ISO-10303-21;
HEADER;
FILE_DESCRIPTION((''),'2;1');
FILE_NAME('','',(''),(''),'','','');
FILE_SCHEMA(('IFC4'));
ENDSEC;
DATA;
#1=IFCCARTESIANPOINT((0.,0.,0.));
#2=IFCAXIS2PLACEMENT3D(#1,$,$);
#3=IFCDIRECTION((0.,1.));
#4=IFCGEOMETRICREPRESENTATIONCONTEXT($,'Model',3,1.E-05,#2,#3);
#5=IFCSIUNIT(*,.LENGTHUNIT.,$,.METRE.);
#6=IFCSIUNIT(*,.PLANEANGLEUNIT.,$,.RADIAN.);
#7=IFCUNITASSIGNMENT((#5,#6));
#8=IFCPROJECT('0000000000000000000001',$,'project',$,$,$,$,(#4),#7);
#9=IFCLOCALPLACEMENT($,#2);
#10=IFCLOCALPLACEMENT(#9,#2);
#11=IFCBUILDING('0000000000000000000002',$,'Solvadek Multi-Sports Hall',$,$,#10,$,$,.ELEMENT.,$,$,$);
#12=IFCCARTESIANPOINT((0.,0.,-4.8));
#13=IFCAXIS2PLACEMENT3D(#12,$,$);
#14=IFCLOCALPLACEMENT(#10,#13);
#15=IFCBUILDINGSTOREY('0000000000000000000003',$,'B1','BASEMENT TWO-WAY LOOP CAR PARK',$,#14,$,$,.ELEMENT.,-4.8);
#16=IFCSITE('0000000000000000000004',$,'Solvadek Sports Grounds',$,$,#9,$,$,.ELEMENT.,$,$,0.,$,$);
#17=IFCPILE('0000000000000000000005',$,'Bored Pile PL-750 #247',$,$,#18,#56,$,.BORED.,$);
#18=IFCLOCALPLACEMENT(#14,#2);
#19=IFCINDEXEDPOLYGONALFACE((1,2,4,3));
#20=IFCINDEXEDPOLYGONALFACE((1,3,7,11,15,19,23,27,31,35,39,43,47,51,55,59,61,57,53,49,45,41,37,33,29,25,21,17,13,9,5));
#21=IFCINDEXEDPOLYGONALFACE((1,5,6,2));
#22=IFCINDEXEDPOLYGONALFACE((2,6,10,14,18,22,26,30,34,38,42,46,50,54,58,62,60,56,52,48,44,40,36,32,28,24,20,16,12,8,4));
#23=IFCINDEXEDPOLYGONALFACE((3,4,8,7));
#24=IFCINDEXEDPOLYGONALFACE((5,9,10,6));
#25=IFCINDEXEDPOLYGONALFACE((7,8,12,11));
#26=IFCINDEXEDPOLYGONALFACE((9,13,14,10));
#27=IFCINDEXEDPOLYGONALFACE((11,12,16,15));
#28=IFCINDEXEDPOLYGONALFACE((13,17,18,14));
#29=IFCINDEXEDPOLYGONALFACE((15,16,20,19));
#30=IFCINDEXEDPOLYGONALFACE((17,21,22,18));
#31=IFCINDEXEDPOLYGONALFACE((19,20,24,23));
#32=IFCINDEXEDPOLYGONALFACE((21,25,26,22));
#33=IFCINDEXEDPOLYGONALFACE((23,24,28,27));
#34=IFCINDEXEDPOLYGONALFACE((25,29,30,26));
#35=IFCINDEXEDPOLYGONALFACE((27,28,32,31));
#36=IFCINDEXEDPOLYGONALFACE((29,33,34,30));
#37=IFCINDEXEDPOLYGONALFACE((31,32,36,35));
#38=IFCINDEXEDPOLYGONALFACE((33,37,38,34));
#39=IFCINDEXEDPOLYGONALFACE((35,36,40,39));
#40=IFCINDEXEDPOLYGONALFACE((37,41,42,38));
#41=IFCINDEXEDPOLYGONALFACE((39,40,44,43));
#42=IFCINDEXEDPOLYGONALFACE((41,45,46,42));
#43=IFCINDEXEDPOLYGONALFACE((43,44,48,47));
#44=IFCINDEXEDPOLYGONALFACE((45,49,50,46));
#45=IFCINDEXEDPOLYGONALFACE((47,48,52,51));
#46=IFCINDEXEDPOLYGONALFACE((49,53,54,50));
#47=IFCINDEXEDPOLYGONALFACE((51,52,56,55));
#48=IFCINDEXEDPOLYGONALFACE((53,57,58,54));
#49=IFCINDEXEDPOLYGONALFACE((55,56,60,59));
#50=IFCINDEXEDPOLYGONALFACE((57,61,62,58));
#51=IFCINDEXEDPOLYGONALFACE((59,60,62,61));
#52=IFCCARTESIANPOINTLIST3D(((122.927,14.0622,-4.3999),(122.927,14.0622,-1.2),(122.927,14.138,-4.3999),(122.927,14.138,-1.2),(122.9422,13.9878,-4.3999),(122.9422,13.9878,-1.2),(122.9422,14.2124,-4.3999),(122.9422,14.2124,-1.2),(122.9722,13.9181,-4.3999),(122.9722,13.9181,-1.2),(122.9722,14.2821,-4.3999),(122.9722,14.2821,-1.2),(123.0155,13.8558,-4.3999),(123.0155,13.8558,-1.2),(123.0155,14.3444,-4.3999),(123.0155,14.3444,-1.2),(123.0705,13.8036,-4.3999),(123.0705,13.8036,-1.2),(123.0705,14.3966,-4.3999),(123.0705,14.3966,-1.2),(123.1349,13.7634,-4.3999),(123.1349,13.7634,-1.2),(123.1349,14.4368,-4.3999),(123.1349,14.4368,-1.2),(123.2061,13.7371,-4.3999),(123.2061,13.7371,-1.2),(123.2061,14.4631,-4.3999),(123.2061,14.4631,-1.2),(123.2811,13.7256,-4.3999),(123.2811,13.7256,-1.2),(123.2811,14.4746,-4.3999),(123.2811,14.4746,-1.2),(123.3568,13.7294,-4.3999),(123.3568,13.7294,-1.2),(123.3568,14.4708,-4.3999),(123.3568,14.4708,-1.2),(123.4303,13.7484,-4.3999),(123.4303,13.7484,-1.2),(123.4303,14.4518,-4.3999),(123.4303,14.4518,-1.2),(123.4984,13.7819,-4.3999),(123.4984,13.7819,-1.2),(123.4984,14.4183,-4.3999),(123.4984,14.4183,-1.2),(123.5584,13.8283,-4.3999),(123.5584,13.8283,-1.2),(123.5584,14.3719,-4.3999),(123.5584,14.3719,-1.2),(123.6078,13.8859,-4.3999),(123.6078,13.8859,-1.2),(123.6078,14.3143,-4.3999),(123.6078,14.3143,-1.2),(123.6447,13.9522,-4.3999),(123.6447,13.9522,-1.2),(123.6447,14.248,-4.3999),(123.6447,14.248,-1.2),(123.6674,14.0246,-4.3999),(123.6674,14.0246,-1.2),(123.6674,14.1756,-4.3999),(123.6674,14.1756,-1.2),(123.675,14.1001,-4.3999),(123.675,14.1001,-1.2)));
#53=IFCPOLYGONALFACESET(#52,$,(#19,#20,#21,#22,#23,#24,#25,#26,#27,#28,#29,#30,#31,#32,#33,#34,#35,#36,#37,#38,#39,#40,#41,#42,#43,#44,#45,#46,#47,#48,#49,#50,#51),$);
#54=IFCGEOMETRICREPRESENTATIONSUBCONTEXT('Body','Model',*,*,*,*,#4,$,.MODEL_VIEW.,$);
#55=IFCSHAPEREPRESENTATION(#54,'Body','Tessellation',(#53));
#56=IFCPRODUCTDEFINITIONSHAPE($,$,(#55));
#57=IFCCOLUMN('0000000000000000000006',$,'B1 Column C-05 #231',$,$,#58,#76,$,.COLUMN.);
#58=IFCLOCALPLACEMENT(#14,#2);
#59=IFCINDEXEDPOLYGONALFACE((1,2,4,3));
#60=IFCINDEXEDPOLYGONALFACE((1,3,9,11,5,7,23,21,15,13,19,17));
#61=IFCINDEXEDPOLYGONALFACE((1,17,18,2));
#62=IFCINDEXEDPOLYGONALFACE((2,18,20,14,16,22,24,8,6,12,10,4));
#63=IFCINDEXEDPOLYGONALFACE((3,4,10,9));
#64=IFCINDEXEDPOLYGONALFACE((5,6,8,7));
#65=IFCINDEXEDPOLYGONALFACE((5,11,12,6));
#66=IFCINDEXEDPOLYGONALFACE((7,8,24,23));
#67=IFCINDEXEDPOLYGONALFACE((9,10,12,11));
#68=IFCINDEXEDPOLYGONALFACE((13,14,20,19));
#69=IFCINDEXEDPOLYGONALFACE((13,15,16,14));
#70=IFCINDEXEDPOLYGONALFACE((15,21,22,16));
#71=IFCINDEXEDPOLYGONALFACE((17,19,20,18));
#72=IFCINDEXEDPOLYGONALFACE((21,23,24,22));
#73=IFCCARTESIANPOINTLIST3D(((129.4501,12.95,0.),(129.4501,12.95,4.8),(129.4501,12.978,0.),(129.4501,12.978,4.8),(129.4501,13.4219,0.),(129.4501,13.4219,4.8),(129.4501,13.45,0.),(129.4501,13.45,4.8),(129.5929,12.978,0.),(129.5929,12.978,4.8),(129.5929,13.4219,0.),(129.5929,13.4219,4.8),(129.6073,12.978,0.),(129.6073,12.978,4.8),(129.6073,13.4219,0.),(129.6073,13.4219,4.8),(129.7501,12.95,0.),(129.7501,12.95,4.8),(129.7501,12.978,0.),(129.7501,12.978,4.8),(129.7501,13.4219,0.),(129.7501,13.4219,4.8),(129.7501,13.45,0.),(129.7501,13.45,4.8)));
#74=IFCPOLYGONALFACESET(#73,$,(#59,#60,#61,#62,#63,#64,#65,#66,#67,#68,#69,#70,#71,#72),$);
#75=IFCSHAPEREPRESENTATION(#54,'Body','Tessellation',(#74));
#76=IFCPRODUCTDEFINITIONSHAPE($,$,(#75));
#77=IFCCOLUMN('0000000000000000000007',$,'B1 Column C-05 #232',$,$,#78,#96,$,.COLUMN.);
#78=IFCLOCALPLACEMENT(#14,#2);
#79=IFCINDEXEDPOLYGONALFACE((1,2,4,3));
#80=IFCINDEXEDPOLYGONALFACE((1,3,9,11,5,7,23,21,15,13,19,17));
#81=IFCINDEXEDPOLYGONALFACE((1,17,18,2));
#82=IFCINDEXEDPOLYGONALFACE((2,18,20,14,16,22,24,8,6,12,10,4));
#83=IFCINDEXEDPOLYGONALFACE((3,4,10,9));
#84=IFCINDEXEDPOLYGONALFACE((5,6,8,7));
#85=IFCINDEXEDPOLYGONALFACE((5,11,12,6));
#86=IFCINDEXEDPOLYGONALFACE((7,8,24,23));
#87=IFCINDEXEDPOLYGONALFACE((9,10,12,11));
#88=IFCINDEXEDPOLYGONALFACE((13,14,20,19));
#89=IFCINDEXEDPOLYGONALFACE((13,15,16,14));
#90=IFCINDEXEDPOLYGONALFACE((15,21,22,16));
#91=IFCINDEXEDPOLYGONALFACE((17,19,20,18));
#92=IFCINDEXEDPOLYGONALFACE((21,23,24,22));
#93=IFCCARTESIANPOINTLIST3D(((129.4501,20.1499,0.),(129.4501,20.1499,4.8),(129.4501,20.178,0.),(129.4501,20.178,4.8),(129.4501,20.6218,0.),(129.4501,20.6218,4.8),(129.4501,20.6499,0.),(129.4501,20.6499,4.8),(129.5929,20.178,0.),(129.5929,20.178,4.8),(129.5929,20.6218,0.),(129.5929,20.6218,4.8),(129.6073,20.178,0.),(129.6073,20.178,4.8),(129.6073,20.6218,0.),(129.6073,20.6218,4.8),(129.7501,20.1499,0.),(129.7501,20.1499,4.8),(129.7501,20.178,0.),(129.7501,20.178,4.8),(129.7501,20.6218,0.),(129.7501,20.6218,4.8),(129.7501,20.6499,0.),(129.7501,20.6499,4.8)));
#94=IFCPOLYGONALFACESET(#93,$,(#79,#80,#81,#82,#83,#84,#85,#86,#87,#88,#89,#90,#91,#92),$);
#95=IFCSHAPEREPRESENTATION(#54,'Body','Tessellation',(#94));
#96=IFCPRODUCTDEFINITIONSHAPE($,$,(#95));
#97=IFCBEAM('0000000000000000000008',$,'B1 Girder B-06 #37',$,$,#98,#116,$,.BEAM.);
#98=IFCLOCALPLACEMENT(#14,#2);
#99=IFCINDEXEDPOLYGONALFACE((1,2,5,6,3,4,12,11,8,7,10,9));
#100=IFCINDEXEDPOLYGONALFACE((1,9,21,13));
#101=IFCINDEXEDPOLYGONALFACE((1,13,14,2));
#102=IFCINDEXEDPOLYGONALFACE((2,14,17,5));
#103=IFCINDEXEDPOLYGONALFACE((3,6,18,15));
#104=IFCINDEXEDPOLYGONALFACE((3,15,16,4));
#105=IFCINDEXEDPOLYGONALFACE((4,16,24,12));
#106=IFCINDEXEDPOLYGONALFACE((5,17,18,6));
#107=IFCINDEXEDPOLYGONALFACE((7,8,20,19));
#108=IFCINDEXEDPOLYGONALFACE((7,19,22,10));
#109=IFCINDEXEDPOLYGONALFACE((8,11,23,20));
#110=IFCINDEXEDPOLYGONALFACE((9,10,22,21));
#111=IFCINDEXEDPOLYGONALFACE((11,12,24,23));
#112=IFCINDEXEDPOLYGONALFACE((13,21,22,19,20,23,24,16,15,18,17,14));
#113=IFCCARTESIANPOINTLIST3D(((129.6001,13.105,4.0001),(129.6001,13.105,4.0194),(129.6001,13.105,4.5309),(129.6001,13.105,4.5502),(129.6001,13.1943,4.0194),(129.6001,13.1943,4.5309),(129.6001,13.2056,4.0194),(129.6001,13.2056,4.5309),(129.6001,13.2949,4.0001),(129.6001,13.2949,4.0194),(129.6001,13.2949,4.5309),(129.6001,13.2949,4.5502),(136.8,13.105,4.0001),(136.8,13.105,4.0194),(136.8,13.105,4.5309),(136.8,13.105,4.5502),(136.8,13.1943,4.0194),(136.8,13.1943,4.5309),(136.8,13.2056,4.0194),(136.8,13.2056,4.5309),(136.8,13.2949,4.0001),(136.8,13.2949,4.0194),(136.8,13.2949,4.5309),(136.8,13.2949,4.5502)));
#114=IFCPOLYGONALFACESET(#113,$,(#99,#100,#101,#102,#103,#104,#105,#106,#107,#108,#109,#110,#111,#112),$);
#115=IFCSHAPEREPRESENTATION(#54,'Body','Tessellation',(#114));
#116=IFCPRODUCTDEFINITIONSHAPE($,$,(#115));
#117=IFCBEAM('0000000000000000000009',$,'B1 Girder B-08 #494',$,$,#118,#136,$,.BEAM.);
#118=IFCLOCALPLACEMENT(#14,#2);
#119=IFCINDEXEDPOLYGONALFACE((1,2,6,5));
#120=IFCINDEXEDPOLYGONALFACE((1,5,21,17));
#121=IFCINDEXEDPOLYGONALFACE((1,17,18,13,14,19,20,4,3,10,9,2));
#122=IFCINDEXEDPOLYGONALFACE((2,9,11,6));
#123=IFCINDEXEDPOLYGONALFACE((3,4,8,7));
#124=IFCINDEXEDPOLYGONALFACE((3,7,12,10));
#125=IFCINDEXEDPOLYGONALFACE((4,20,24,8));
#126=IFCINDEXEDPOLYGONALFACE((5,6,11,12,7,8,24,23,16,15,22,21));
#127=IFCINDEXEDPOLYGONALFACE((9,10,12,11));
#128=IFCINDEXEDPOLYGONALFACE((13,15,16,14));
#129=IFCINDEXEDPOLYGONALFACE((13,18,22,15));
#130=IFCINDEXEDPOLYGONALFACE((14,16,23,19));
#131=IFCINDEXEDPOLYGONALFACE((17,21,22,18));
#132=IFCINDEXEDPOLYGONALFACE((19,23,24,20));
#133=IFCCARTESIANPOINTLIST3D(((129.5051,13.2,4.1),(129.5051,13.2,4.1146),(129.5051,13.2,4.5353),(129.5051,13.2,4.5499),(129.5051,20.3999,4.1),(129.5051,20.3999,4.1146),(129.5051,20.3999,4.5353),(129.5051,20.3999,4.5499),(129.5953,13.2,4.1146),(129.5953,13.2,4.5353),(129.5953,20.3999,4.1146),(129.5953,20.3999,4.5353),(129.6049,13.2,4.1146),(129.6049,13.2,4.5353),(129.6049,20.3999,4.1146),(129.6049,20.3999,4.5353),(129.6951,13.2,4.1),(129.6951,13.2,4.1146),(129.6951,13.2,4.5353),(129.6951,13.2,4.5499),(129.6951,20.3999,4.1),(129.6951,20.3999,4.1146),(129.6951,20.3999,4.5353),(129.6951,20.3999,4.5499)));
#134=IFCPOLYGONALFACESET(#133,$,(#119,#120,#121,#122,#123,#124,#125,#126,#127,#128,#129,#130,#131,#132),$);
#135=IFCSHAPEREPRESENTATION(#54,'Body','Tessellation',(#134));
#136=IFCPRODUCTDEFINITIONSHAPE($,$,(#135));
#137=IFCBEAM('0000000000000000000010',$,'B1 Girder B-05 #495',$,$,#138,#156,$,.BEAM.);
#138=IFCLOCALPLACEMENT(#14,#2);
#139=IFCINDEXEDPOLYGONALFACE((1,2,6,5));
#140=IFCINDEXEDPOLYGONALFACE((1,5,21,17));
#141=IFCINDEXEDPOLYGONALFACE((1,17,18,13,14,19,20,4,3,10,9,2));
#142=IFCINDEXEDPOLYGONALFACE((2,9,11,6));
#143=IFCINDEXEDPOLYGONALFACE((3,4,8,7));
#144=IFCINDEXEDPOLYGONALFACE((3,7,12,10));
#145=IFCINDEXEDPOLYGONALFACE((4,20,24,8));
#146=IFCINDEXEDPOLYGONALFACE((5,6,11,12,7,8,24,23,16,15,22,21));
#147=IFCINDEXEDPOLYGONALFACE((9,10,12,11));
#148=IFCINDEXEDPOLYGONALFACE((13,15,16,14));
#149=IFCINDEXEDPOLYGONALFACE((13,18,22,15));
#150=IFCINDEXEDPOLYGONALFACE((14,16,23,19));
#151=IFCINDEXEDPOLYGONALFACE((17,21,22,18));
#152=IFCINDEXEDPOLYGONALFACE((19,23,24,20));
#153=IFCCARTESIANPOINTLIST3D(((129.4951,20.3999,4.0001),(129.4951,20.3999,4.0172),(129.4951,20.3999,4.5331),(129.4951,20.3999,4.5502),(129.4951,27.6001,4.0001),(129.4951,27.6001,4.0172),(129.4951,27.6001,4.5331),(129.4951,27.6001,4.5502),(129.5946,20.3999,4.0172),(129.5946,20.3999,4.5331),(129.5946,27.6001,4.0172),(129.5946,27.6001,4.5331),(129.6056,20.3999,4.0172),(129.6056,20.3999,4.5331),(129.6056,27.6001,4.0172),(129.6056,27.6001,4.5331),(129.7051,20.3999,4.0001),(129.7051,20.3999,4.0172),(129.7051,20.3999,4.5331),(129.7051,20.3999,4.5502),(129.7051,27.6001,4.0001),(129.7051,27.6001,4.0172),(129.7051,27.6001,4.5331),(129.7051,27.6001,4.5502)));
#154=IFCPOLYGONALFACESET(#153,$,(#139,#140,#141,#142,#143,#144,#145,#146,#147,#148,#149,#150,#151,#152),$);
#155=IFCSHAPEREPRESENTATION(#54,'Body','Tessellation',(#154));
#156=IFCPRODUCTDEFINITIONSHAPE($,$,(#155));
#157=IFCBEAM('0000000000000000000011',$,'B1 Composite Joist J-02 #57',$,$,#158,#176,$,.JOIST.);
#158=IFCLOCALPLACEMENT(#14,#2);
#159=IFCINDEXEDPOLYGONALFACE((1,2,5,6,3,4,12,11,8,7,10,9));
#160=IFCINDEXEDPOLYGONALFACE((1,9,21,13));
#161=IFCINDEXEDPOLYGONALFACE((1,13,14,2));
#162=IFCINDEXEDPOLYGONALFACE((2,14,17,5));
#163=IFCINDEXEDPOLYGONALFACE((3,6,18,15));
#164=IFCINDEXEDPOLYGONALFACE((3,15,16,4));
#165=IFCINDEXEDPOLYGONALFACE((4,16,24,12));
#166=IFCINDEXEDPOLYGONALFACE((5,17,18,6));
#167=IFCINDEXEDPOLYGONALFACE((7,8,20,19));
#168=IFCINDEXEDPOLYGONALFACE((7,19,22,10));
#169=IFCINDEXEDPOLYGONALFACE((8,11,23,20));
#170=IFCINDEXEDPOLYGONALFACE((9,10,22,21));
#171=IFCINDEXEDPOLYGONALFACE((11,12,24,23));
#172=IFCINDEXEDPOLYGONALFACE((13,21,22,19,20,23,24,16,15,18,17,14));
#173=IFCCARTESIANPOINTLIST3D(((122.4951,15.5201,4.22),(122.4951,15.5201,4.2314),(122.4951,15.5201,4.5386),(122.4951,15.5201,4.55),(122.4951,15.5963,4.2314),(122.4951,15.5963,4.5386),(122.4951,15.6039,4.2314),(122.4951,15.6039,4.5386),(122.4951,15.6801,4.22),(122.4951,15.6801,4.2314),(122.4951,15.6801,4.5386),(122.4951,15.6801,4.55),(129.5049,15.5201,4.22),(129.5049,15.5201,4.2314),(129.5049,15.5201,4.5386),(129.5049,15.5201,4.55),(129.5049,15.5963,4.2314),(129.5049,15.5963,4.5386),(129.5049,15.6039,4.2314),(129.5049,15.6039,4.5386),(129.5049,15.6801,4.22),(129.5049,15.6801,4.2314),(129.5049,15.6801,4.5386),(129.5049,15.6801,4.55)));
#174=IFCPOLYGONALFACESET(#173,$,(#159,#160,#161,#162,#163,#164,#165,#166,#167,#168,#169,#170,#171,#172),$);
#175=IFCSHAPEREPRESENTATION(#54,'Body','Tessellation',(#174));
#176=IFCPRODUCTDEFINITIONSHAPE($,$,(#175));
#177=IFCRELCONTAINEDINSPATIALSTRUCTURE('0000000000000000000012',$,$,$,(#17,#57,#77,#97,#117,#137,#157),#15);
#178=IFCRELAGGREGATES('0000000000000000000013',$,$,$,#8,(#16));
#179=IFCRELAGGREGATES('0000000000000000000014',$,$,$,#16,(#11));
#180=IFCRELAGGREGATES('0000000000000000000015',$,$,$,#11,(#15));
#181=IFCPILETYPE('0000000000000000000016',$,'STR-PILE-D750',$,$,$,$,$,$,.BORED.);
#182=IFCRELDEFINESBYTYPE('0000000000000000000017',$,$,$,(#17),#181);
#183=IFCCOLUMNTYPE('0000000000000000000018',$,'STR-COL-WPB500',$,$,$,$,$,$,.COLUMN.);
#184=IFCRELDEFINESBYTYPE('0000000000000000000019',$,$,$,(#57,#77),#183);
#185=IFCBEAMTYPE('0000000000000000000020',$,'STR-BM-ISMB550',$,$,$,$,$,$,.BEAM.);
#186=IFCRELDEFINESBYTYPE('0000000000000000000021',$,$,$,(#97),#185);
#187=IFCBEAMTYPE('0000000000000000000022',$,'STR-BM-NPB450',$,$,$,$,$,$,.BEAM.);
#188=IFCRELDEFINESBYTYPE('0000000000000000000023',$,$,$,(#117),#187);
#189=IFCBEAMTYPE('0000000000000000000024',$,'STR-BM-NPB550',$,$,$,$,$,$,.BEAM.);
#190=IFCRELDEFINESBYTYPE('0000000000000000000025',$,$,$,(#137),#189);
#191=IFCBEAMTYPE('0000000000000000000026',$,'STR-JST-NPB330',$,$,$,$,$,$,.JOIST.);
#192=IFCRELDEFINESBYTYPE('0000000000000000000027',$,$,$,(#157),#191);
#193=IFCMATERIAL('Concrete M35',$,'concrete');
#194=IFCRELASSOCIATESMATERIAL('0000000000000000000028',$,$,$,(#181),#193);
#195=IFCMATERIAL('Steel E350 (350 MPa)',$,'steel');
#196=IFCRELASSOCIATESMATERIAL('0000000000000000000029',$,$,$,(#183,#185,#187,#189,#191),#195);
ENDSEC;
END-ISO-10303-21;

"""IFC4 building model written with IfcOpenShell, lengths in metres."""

from ifc_helpers import new_model, si_unit, direction, frame, origin, origin_2d, place, context, subcontext, project, spatial, circle, i_section, extrude, material, material_profile, profile_set, type_object, element, save


model = new_model("IFC4")

# Units and contexts
model_context = context("Model", 3, precision=1e-05, world=origin(), true_north=direction((0.0, 1.0)))
body_context = subcontext(model_context, "Body", "Model", "MODEL_VIEW")
ifc_project = project(units=[si_unit("LENGTHUNIT", "METRE"), si_unit("PLANEANGLEUNIT", "RADIAN")], contexts=[model_context])

# Site, building, storey
site_placement = place(None, origin())
site = spatial("IfcSite", under=ifc_project, at=site_placement, Name="Solvadek Sports Grounds", CompositionType="ELEMENT", RefElevation=0.0)
building_placement = place(site_placement, origin())
building = spatial("IfcBuilding", under=site, at=building_placement, Name="Solvadek Multi-Sports Hall", CompositionType="ELEMENT")
storey_placement = place(building_placement, frame((0.0, 0.0, -4.8)))
storey = spatial("IfcBuildingStorey", under=building, at=storey_placement, Name="B1", Description="BASEMENT TWO-WAY LOOP CAR PARK", CompositionType="ELEMENT", Elevation=-4.8)

# Pile
ifc_material_1 = material(Name="Concrete M35", Category="concrete")
ifc_material_profile_1 = material_profile(ifc_material_1, circle(Radius=0.375, at=origin_2d()), Name="BORED PILE D750")
ifc_profile_set_1 = profile_set([ifc_material_profile_1], Name="Concrete M35")
pile_type_1 = type_object("IfcPileType", Name="STR-PILE-D750", PredefinedType="BORED", material=ifc_profile_set_1)
pile_1_placement = place(storey_placement, frame((123.3, 14.1001, -1.2), z_axis=(0.0, 0.0, -1.0), x_axis=(1.0, 0.0, 0.0)))
element("IfcPile", 1, at=pile_1_placement, inside=storey, type_object=pile_type_1, Name="Bored Pile PL-750 #247", PredefinedType="BORED", context=body_context, shape_type="SweptSolid", body=[
    extrude(circle(Radius=0.375, at=origin_2d()), origin(), (0.0, 0.0, 1.0), 3.2),
])

# Columns
ifc_material_2 = material(Name="Steel E350 (350 MPa)", Category="steel")
ifc_material_profile_2 = material_profile(ifc_material_2, i_section(OverallWidth=0.3, OverallDepth=0.5, WebThickness=0.0144, FlangeThickness=0.0281, at=origin_2d()), Name="WPB 500")
ifc_profile_set_2 = profile_set([ifc_material_profile_2], Name="Steel E350 (350 MPa)")
column_type = type_object("IfcColumnType", Name="STR-COL-WPB500", PredefinedType="COLUMN", material=ifc_profile_set_2)
for number, where, z_axis, x_axis, name in (
    (2, (129.6001, 13.2, 0.0), (0.0, 0.0, 1.0), (1.0, 0.0, 0.0), "B1 Column C-05 #231"),
    (3, (129.6001, 20.3999, 0.0), (0.0, 0.0, 1.0), (1.0, 0.0, 0.0), "B1 Column C-05 #232"),
):
    element("IfcColumn", number, at=place(storey_placement, frame(where, z_axis=z_axis, x_axis=x_axis)), inside=storey, type_object=column_type, Name=name, PredefinedType="COLUMN", context=body_context, shape_type="SweptSolid", body=[
        extrude(i_section(OverallWidth=0.3, OverallDepth=0.5, WebThickness=0.0144, FlangeThickness=0.0281, at=origin_2d()), origin(), (0.0, 0.0, 1.0), 4.8),
    ])

# Beams
ifc_material_profile_3 = material_profile(ifc_material_2, i_section(OverallWidth=0.1899, OverallDepth=0.55, WebThickness=0.0112, FlangeThickness=0.0193, at=origin_2d()), Name="ISMB 550")
ifc_profile_set_3 = profile_set([ifc_material_profile_3], Name="Steel E350 (350 MPa)")
beam_type_1 = type_object("IfcBeamType", Name="STR-BM-ISMB550", PredefinedType="BEAM", material=ifc_profile_set_3)
beam_1_placement = place(storey_placement, frame((129.6001, 13.2, 4.2751), z_axis=(1.0, 0.0, 0.0), x_axis=(0.0, 1.0, 0.0)))
element("IfcBeam", 4, at=beam_1_placement, inside=storey, type_object=beam_type_1, Name="B1 Girder B-06 #37", PredefinedType="BEAM", context=body_context, shape_type="SweptSolid", body=[
    extrude(i_section(OverallWidth=0.1899, OverallDepth=0.55, WebThickness=0.0112, FlangeThickness=0.0193, at=origin_2d()), origin(), (0.0, 0.0, 1.0), 7.2),
])
ifc_material_profile_4 = material_profile(ifc_material_2, i_section(OverallWidth=0.1899, OverallDepth=0.45, WebThickness=0.0095, FlangeThickness=0.0146, at=origin_2d()), Name="NPB 450")
ifc_profile_set_4 = profile_set([ifc_material_profile_4], Name="Steel E350 (350 MPa)")
beam_type_2 = type_object("IfcBeamType", Name="STR-BM-NPB450", PredefinedType="BEAM", material=ifc_profile_set_4)
beam_2_placement = place(storey_placement, frame((129.6001, 13.2, 4.325), z_axis=(0.0, 1.0, 0.0), x_axis=(-1.0, 0.0, 0.0)))
element("IfcBeam", 5, at=beam_2_placement, inside=storey, type_object=beam_type_2, Name="B1 Girder B-08 #494", PredefinedType="BEAM", context=body_context, shape_type="SweptSolid", body=[
    extrude(i_section(OverallWidth=0.1899, OverallDepth=0.45, WebThickness=0.0095, FlangeThickness=0.0146, at=origin_2d()), origin(), (0.0, 0.0, 1.0), 7.2),
])
ifc_material_profile_5 = material_profile(ifc_material_2, i_section(OverallWidth=0.21, OverallDepth=0.55, WebThickness=0.011, FlangeThickness=0.0171, at=origin_2d()), Name="NPB 550")
ifc_profile_set_5 = profile_set([ifc_material_profile_5], Name="Steel E350 (350 MPa)")
beam_type_3 = type_object("IfcBeamType", Name="STR-BM-NPB550", PredefinedType="BEAM", material=ifc_profile_set_5)
beam_3_placement = place(storey_placement, frame((129.6001, 20.3999, 4.2751), z_axis=(0.0, 1.0, 0.0), x_axis=(-1.0, 0.0, 0.0)))
element("IfcBeam", 6, at=beam_3_placement, inside=storey, type_object=beam_type_3, Name="B1 Girder B-05 #495", PredefinedType="BEAM", context=body_context, shape_type="SweptSolid", body=[
    extrude(i_section(OverallWidth=0.21, OverallDepth=0.55, WebThickness=0.011, FlangeThickness=0.0171, at=origin_2d()), origin(), (0.0, 0.0, 1.0), 7.2002),
])
ifc_material_profile_6 = material_profile(ifc_material_2, i_section(OverallWidth=0.1599, OverallDepth=0.3301, WebThickness=0.0076, FlangeThickness=0.0115, at=origin_2d()), Name="NPB 330")
ifc_profile_set_6 = profile_set([ifc_material_profile_6], Name="Steel E350 (350 MPa)")
beam_type_4 = type_object("IfcBeamType", Name="STR-JST-NPB330", PredefinedType="JOIST", material=ifc_profile_set_6)
for number, where, z_axis, x_axis, name in (
    (7, (122.4951, 15.6001, 4.385), (1.0, 0.0, 0.0), (0.0, 1.0, 0.0), "B1 Composite Joist J-02 #57"),
):
    element("IfcBeam", number, at=place(storey_placement, frame(where, z_axis=z_axis, x_axis=x_axis)), inside=storey, type_object=beam_type_4, Name=name, PredefinedType="JOIST", context=body_context, shape_type="SweptSolid", body=[
        extrude(i_section(OverallWidth=0.1599, OverallDepth=0.3301, WebThickness=0.0076, FlangeThickness=0.0115, at=origin_2d()), origin(), (0.0, 0.0, 1.0), 7.0098),
    ])

save(model, "model.ifc")
